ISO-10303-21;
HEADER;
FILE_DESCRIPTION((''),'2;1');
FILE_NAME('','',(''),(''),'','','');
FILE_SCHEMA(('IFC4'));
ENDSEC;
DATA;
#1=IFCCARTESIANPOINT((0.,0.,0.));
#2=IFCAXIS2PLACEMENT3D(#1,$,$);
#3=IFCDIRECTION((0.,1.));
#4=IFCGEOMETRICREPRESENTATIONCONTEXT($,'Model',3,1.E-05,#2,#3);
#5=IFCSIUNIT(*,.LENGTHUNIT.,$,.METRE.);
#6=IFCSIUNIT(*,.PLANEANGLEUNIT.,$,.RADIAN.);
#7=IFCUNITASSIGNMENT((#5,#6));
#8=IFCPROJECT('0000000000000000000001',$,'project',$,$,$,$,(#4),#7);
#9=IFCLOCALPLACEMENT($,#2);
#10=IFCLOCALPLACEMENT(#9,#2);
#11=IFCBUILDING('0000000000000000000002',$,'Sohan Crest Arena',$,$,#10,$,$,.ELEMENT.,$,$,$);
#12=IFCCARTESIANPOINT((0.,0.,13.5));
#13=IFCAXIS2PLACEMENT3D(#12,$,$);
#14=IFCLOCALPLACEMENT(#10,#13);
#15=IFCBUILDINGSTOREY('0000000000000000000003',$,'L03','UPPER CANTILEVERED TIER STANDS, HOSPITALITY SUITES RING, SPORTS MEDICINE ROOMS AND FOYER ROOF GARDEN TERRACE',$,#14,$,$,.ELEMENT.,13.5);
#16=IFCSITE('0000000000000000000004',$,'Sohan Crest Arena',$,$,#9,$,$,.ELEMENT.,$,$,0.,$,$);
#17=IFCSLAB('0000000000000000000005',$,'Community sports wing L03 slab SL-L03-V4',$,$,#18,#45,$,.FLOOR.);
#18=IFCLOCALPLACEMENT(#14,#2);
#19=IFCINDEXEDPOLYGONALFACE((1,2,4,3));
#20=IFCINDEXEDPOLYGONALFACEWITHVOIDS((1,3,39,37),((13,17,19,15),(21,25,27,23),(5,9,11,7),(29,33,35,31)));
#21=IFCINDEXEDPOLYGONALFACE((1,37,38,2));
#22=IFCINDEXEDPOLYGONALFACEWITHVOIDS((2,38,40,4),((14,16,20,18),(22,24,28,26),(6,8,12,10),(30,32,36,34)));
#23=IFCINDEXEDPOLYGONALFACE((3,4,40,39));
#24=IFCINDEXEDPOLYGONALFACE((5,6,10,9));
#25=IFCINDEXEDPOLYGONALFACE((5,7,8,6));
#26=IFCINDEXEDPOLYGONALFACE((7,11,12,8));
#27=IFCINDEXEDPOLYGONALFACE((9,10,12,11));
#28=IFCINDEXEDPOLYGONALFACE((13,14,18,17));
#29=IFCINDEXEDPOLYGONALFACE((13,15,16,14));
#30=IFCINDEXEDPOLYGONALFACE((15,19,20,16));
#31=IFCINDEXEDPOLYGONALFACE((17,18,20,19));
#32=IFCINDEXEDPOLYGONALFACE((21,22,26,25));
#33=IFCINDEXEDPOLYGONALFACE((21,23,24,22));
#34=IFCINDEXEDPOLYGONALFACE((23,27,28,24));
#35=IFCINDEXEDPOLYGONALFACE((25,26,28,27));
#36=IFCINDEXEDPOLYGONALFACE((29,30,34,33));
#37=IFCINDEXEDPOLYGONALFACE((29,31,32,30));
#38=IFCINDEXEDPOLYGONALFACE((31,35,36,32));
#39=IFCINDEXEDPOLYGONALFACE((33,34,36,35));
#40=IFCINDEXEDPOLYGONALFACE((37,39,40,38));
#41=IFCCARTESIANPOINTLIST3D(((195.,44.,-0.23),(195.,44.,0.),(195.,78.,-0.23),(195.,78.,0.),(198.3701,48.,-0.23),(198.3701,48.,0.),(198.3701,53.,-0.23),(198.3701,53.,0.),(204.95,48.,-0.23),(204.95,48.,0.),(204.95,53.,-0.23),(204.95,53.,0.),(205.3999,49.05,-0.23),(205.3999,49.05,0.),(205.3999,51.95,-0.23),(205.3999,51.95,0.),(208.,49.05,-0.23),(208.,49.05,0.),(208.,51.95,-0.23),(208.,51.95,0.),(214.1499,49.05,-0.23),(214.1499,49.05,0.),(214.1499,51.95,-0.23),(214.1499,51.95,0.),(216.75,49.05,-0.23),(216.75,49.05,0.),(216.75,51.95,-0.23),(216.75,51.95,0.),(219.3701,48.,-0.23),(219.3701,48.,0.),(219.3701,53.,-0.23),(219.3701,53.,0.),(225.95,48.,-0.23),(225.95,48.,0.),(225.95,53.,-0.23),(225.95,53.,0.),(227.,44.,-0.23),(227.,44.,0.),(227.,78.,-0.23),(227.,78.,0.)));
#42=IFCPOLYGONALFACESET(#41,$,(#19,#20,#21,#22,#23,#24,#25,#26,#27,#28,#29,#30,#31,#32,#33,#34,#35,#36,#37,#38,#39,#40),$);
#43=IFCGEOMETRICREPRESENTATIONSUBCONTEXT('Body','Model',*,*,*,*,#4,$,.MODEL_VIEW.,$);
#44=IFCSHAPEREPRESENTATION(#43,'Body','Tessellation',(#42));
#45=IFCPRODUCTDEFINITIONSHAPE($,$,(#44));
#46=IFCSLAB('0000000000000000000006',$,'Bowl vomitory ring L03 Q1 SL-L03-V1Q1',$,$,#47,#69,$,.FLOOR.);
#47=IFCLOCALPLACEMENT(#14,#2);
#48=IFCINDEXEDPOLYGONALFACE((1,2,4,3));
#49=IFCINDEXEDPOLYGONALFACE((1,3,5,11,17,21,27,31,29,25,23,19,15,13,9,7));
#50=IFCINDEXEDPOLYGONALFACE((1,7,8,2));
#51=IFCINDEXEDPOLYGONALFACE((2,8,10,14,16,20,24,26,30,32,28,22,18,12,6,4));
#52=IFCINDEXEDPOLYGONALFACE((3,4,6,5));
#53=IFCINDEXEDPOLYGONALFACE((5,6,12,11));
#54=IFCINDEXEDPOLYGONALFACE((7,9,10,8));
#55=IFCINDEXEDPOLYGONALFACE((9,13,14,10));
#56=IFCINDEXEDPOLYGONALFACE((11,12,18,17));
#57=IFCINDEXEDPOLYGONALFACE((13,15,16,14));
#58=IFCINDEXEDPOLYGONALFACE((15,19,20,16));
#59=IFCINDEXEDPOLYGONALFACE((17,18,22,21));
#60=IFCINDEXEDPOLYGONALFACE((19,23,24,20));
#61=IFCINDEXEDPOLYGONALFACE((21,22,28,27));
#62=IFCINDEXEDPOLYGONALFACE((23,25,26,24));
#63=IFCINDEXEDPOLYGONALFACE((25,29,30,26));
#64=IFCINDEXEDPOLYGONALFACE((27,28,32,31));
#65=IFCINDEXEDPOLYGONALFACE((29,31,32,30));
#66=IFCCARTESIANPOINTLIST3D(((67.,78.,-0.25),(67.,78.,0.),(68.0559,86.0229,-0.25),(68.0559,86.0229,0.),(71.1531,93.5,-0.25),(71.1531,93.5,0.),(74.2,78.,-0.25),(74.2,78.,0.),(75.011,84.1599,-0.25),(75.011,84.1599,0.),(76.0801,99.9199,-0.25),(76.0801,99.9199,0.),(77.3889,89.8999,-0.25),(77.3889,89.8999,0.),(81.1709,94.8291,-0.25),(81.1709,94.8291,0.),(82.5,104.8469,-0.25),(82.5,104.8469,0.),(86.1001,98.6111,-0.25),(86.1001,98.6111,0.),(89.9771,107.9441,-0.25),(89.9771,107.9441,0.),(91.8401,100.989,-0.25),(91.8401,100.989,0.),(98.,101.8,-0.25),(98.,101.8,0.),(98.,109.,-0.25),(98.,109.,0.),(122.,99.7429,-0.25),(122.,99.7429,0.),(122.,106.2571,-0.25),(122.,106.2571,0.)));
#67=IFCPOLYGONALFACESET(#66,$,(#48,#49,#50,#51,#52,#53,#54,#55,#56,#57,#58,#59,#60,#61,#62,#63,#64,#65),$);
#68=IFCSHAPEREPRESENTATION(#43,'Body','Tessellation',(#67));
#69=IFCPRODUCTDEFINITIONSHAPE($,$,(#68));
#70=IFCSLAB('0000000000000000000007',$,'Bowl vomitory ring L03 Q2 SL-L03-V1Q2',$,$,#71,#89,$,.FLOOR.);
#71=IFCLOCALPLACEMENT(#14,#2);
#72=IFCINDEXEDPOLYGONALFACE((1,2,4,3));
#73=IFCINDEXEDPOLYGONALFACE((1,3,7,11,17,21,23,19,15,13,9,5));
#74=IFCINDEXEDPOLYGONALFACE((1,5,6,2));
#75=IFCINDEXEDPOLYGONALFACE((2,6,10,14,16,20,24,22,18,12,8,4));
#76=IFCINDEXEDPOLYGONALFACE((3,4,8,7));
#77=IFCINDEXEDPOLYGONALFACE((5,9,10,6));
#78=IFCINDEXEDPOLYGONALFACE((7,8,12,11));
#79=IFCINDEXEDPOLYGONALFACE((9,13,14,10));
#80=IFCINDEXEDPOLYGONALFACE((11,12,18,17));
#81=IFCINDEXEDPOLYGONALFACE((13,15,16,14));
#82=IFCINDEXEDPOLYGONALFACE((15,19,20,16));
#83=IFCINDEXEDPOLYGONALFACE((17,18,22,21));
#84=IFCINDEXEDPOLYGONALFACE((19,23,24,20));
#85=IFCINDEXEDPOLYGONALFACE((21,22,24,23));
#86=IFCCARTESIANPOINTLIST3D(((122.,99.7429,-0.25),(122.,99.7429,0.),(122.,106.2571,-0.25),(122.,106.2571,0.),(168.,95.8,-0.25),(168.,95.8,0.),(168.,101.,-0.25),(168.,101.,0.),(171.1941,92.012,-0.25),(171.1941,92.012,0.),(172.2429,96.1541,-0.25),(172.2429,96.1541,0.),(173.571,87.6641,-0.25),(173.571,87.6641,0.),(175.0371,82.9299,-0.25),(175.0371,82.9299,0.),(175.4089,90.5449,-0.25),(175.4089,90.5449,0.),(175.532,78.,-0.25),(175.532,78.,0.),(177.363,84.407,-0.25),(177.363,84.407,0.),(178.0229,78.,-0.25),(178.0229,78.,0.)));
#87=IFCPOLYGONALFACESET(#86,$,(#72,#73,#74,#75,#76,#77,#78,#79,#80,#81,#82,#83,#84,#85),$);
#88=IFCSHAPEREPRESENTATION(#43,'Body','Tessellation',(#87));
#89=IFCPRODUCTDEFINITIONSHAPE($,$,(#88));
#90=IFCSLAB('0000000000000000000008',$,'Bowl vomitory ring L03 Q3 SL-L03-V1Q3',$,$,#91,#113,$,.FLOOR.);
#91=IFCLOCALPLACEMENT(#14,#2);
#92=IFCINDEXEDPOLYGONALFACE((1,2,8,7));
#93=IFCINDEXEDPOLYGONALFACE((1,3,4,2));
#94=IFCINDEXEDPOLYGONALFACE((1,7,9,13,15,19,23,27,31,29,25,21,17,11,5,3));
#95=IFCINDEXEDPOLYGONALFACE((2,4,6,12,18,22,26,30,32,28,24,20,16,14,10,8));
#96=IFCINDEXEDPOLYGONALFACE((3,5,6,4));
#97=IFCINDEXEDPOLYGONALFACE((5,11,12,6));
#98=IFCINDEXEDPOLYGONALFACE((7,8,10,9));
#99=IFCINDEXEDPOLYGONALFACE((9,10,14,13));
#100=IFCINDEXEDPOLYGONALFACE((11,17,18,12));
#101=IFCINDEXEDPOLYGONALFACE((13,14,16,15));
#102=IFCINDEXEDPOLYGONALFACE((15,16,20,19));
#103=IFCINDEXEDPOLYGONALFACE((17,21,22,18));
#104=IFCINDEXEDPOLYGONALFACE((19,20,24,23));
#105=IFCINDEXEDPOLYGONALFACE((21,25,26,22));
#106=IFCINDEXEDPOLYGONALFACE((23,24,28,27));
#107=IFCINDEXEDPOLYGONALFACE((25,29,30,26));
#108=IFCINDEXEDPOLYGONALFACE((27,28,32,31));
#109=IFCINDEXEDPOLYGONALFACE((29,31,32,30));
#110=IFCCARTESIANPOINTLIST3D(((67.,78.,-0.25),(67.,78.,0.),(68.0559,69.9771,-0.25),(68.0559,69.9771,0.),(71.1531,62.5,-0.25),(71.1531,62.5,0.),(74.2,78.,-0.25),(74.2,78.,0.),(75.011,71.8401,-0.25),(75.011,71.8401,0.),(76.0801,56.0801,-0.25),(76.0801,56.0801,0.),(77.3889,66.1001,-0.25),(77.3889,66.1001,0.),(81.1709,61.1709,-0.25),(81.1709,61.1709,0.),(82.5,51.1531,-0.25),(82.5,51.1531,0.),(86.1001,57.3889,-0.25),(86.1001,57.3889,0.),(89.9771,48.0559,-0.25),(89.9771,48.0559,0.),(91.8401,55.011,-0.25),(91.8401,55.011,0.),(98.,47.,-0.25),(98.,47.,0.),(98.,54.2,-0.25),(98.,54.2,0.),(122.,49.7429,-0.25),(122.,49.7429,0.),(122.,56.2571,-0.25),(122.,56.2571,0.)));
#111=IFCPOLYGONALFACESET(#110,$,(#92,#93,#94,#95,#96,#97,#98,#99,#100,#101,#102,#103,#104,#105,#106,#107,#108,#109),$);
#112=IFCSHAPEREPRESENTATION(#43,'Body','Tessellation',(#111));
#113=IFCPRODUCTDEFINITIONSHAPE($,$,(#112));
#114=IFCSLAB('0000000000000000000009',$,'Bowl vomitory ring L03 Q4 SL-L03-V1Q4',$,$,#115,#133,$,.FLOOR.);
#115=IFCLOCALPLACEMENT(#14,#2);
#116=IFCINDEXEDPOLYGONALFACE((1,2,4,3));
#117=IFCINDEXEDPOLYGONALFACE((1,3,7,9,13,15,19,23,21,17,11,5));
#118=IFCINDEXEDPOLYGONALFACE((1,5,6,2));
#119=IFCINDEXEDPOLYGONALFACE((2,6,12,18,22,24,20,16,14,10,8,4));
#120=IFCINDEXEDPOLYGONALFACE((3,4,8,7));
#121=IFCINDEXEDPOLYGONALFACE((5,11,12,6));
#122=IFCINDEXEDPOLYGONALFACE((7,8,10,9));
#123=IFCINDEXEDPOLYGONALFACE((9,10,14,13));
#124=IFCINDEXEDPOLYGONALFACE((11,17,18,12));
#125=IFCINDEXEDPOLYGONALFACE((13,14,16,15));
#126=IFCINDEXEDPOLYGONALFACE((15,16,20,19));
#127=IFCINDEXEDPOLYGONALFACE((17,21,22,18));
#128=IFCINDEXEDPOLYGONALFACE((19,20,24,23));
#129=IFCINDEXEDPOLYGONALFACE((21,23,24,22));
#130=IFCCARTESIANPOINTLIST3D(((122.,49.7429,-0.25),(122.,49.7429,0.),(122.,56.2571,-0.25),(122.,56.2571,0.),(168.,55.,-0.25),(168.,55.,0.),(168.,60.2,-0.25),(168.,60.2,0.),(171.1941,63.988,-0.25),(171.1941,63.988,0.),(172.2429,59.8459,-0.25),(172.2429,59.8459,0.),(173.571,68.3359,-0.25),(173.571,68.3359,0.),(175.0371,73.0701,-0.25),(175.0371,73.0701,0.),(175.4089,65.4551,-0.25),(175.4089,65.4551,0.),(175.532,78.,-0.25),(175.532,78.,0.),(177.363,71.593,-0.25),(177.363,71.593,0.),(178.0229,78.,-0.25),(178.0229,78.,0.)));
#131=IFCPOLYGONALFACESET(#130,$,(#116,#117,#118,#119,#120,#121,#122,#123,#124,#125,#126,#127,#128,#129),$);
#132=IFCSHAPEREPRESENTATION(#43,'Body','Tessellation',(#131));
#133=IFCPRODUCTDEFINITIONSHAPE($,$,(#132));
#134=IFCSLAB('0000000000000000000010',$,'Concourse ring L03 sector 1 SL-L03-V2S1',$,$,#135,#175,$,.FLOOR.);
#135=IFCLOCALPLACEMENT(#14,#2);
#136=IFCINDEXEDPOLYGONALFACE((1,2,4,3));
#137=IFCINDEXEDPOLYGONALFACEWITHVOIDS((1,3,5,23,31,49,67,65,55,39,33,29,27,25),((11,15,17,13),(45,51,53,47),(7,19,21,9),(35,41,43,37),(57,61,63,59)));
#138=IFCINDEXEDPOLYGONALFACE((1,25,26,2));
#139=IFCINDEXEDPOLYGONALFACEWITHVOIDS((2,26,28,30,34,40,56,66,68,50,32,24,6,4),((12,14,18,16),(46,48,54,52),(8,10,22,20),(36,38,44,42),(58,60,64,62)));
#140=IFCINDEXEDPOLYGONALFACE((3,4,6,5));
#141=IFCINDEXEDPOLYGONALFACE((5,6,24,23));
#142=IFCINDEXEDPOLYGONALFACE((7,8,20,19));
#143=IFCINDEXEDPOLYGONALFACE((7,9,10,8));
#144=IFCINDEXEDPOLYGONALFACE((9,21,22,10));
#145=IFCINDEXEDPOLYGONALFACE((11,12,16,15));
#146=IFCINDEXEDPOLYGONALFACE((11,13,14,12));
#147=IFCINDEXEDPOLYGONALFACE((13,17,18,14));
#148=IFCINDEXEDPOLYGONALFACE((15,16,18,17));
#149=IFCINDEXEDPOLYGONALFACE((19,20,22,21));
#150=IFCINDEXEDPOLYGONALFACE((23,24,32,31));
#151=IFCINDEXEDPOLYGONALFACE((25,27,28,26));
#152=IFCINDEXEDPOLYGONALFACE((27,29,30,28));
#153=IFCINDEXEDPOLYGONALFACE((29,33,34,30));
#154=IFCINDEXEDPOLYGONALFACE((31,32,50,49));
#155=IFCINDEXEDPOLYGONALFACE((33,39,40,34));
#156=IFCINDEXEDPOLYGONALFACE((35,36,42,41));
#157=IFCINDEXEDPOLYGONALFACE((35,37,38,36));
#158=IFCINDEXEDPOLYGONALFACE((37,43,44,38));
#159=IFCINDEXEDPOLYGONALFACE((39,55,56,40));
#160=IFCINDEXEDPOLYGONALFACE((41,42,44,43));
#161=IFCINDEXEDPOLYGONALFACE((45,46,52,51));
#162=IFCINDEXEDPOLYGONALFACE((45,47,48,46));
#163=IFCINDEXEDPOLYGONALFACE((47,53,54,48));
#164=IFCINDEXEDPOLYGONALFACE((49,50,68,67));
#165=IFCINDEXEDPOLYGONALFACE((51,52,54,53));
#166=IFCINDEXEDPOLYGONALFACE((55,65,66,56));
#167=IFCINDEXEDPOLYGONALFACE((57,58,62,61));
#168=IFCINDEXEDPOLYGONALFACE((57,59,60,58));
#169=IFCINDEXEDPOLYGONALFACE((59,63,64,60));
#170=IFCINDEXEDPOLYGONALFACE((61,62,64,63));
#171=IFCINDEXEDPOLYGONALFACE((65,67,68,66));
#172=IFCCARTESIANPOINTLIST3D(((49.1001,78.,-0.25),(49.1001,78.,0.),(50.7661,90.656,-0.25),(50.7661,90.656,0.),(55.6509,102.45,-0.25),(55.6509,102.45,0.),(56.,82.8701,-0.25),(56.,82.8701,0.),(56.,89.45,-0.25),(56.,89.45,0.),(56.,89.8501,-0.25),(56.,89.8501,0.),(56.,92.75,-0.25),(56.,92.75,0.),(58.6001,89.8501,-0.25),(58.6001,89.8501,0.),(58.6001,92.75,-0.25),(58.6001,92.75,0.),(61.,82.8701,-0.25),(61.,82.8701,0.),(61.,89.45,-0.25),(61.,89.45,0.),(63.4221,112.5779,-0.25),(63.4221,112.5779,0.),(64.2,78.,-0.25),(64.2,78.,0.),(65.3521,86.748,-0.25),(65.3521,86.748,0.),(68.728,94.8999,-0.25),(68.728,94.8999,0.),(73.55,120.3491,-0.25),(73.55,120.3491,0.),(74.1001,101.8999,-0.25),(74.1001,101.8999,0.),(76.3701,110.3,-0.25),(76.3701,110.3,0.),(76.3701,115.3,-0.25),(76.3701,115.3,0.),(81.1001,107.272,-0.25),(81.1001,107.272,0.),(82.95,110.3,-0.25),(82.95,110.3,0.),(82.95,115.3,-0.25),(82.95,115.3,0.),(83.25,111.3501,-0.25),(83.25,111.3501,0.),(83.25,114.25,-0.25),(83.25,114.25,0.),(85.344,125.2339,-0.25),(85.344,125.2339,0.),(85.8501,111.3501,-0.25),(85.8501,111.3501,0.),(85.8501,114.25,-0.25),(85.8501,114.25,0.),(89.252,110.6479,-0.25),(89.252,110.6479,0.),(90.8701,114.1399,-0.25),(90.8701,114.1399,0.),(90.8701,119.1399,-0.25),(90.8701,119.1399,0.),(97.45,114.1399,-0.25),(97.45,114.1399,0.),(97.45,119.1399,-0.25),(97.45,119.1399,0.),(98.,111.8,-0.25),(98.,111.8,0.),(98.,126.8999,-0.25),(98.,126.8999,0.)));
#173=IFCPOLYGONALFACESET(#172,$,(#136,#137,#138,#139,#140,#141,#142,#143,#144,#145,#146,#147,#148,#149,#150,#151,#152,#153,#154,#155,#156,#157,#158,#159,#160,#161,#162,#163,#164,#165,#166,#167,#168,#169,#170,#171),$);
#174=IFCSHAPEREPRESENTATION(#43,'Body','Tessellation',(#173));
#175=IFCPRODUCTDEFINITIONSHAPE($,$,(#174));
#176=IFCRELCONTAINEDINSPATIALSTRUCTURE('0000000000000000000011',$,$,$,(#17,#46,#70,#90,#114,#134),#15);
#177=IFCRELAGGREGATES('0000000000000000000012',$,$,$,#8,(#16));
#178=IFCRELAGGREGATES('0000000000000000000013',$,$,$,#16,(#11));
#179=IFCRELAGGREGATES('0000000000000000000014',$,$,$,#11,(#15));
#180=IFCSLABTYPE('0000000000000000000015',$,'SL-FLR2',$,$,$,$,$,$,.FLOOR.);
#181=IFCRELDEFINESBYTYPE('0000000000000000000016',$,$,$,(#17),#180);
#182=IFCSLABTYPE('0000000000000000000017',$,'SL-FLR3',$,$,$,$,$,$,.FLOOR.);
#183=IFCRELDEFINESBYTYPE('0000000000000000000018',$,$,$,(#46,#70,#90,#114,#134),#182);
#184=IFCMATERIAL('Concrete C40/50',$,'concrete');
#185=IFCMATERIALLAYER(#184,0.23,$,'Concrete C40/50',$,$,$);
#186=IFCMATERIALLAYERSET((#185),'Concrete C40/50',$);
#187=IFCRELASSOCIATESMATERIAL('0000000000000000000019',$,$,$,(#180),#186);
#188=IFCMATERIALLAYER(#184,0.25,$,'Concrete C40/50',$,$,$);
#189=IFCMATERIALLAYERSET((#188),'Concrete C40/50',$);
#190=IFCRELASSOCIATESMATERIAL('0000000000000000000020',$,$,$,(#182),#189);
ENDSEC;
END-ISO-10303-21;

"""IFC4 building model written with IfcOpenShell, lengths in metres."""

from ifc_helpers import new_model, si_unit, direction, frame, origin, place, context, subcontext, project, spatial, polyline, outline, extrude, material, layer, layer_set, type_object, element, save


model = new_model("IFC4")

# Units and contexts
model_context = context("Model", 3, precision=1e-05, world=origin(), true_north=direction((0.0, 1.0)))
body_context = subcontext(model_context, "Body", "Model", "MODEL_VIEW")
ifc_project = project(units=[si_unit("LENGTHUNIT", "METRE"), si_unit("PLANEANGLEUNIT", "RADIAN")], contexts=[model_context])

# Site, building, storey
site_placement = place(None, origin())
site = spatial("IfcSite", under=ifc_project, at=site_placement, Name="Sohan Crest Arena", CompositionType="ELEMENT", RefElevation=0.0)
building_placement = place(site_placement, origin())
building = spatial("IfcBuilding", under=site, at=building_placement, Name="Sohan Crest Arena", CompositionType="ELEMENT")
storey_placement = place(building_placement, frame((0.0, 0.0, 13.5)))
storey = spatial("IfcBuildingStorey", under=building, at=storey_placement, Name="L03", Description="UPPER CANTILEVERED TIER STANDS, HOSPITALITY SUITES RING, SPORTS MEDICINE ROOMS AND FOYER ROOF GARDEN TERRACE", CompositionType="ELEMENT", Elevation=13.5)

# Slabs
ifc_material_1 = material(Name="Concrete C40/50", Category="concrete")
ifc_layer_1 = layer(ifc_material_1, 0.23, Name="Concrete C40/50")
ifc_layer_set_1 = layer_set([ifc_layer_1], Name="Concrete C40/50")
slab_type_1 = type_object("IfcSlabType", Name="SL-FLR2", PredefinedType="FLOOR", material=ifc_layer_set_1)
slab_1_placement = place(storey_placement, frame((0.0, 0.0, -0.23)))
element("IfcSlab", 1, at=slab_1_placement, inside=storey, type_object=slab_type_1, Name="Community sports wing L03 slab SL-L03-V4", PredefinedType="FLOOR", context=body_context, shape_type="SweptSolid", body=[
    extrude(outline(polyline([(195.0, 44.0), (195.0, 78.0), (227.0, 78.0), (227.0, 44.0), (195.0, 44.0)]), holes=[polyline([(204.95, 48.0), (204.95, 53.0), (198.3701, 53.0), (198.3701, 48.0), (204.95, 48.0)]), polyline([(205.3999, 49.05), (208.0, 49.05), (208.0, 51.95), (205.3999, 51.95), (205.3999, 49.05)]), polyline([(219.3701, 53.0), (219.3701, 48.0), (225.95, 48.0), (225.95, 53.0), (219.3701, 53.0)]), polyline([(216.75, 51.95), (214.1499, 51.95), (214.1499, 49.05), (216.75, 49.05), (216.75, 51.95)])]), origin(), (0.0, 0.0, 1.0), 0.23),
])
ifc_layer_2 = layer(ifc_material_1, 0.25, Name="Concrete C40/50")
ifc_layer_set_2 = layer_set([ifc_layer_2], Name="Concrete C40/50")
slab_type_2 = type_object("IfcSlabType", Name="SL-FLR3", PredefinedType="FLOOR", material=ifc_layer_set_2)
slab_2_placement = place(storey_placement, frame((0.0, 0.0, -0.25)))
element("IfcSlab", 2, at=slab_2_placement, inside=storey, type_object=slab_type_2, Name="Bowl vomitory ring L03 Q1 SL-L03-V1Q1", PredefinedType="FLOOR", context=body_context, shape_type="SweptSolid", body=[
    extrude(outline(polyline([(68.0559, 86.0229), (71.1531, 93.5), (76.0801, 99.9199), (82.5, 104.8469), (89.9771, 107.9441), (98.0, 109.0), (122.0, 106.2571), (122.0, 99.7429), (98.0, 101.8), (91.8401, 100.989), (86.1001, 98.6111), (81.1709, 94.8291), (77.3889, 89.8999), (75.011, 84.1599), (74.2, 78.0), (67.0, 78.0), (68.0559, 86.0229)])), origin(), (0.0, 0.0, 1.0), 0.25),
])
slab_3_placement = place(storey_placement, frame((0.0, 0.0, -0.25)))
element("IfcSlab", 3, at=slab_3_placement, inside=storey, type_object=slab_type_2, Name="Bowl vomitory ring L03 Q2 SL-L03-V1Q2", PredefinedType="FLOOR", context=body_context, shape_type="SweptSolid", body=[
    extrude(outline(polyline([(122.0, 106.2571), (168.0, 101.0), (172.2429, 96.1541), (175.4089, 90.5449), (177.363, 84.407), (178.0229, 78.0), (175.532, 78.0), (175.0371, 82.9299), (173.571, 87.6641), (171.1941, 92.012), (168.0, 95.8), (122.0, 99.7429), (122.0, 106.2571)])), origin(), (0.0, 0.0, 1.0), 0.25),
])
slab_4_placement = place(storey_placement, frame((0.0, 0.0, -0.25)))
element("IfcSlab", 4, at=slab_4_placement, inside=storey, type_object=slab_type_2, Name="Bowl vomitory ring L03 Q3 SL-L03-V1Q3", PredefinedType="FLOOR", context=body_context, shape_type="SweptSolid", body=[
    extrude(outline(polyline([(122.0, 49.7429), (98.0, 47.0), (89.9771, 48.0559), (82.5, 51.1531), (76.0801, 56.0801), (71.1531, 62.5), (68.0559, 69.9771), (67.0, 78.0), (74.2, 78.0), (75.011, 71.8401), (77.3889, 66.1001), (81.1709, 61.1709), (86.1001, 57.3889), (91.8401, 55.011), (98.0, 54.2), (122.0, 56.2571), (122.0, 49.7429)])), origin(), (0.0, 0.0, 1.0), 0.25),
])
slab_5_placement = place(storey_placement, frame((0.0, 0.0, -0.25)))
element("IfcSlab", 5, at=slab_5_placement, inside=storey, type_object=slab_type_2, Name="Bowl vomitory ring L03 Q4 SL-L03-V1Q4", PredefinedType="FLOOR", context=body_context, shape_type="SweptSolid", body=[
    extrude(outline(polyline([(177.363, 71.593), (175.4089, 65.4551), (172.2429, 59.8459), (168.0, 55.0), (122.0, 49.7429), (122.0, 56.2571), (168.0, 60.2), (171.1941, 63.988), (173.571, 68.3359), (175.0371, 73.0701), (175.532, 78.0), (178.0229, 78.0), (177.363, 71.593)])), origin(), (0.0, 0.0, 1.0), 0.25),
])
slab_6_placement = place(storey_placement, frame((0.0, 0.0, -0.25)))
element("IfcSlab", 6, at=slab_6_placement, inside=storey, type_object=slab_type_2, Name="Concourse ring L03 sector 1 SL-L03-V2S1", PredefinedType="FLOOR", context=body_context, shape_type="SweptSolid", body=[
    extrude(outline(polyline([(50.7661, 90.656), (55.6509, 102.45), (63.4221, 112.5779), (73.55, 120.3491), (85.344, 125.2339), (98.0, 126.8999), (98.0, 111.8), (89.252, 110.6479), (81.1001, 107.272), (74.1001, 101.8999), (68.728, 94.8999), (65.3521, 86.748), (64.2, 78.0), (49.1001, 78.0), (50.7661, 90.656)]), holes=[polyline([(56.0, 82.8701), (61.0, 82.8701), (61.0, 89.45), (56.0, 89.45), (56.0, 82.8701)]), polyline([(56.0, 92.75), (56.0, 89.8501), (58.6001, 89.8501), (58.6001, 92.75), (56.0, 92.75)]), polyline([(76.3701, 110.3), (82.95, 110.3), (82.95, 115.3), (76.3701, 115.3), (76.3701, 110.3)]), polyline([(83.25, 114.25), (83.25, 111.3501), (85.8501, 111.3501), (85.8501, 114.25), (83.25, 114.25)]), polyline([(97.45, 114.1399), (97.45, 119.1399), (90.8701, 119.1399), (90.8701, 114.1399), (97.45, 114.1399)])]), origin(), (0.0, 0.0, 1.0), 0.25),
])

save(model, "model.ifc")
